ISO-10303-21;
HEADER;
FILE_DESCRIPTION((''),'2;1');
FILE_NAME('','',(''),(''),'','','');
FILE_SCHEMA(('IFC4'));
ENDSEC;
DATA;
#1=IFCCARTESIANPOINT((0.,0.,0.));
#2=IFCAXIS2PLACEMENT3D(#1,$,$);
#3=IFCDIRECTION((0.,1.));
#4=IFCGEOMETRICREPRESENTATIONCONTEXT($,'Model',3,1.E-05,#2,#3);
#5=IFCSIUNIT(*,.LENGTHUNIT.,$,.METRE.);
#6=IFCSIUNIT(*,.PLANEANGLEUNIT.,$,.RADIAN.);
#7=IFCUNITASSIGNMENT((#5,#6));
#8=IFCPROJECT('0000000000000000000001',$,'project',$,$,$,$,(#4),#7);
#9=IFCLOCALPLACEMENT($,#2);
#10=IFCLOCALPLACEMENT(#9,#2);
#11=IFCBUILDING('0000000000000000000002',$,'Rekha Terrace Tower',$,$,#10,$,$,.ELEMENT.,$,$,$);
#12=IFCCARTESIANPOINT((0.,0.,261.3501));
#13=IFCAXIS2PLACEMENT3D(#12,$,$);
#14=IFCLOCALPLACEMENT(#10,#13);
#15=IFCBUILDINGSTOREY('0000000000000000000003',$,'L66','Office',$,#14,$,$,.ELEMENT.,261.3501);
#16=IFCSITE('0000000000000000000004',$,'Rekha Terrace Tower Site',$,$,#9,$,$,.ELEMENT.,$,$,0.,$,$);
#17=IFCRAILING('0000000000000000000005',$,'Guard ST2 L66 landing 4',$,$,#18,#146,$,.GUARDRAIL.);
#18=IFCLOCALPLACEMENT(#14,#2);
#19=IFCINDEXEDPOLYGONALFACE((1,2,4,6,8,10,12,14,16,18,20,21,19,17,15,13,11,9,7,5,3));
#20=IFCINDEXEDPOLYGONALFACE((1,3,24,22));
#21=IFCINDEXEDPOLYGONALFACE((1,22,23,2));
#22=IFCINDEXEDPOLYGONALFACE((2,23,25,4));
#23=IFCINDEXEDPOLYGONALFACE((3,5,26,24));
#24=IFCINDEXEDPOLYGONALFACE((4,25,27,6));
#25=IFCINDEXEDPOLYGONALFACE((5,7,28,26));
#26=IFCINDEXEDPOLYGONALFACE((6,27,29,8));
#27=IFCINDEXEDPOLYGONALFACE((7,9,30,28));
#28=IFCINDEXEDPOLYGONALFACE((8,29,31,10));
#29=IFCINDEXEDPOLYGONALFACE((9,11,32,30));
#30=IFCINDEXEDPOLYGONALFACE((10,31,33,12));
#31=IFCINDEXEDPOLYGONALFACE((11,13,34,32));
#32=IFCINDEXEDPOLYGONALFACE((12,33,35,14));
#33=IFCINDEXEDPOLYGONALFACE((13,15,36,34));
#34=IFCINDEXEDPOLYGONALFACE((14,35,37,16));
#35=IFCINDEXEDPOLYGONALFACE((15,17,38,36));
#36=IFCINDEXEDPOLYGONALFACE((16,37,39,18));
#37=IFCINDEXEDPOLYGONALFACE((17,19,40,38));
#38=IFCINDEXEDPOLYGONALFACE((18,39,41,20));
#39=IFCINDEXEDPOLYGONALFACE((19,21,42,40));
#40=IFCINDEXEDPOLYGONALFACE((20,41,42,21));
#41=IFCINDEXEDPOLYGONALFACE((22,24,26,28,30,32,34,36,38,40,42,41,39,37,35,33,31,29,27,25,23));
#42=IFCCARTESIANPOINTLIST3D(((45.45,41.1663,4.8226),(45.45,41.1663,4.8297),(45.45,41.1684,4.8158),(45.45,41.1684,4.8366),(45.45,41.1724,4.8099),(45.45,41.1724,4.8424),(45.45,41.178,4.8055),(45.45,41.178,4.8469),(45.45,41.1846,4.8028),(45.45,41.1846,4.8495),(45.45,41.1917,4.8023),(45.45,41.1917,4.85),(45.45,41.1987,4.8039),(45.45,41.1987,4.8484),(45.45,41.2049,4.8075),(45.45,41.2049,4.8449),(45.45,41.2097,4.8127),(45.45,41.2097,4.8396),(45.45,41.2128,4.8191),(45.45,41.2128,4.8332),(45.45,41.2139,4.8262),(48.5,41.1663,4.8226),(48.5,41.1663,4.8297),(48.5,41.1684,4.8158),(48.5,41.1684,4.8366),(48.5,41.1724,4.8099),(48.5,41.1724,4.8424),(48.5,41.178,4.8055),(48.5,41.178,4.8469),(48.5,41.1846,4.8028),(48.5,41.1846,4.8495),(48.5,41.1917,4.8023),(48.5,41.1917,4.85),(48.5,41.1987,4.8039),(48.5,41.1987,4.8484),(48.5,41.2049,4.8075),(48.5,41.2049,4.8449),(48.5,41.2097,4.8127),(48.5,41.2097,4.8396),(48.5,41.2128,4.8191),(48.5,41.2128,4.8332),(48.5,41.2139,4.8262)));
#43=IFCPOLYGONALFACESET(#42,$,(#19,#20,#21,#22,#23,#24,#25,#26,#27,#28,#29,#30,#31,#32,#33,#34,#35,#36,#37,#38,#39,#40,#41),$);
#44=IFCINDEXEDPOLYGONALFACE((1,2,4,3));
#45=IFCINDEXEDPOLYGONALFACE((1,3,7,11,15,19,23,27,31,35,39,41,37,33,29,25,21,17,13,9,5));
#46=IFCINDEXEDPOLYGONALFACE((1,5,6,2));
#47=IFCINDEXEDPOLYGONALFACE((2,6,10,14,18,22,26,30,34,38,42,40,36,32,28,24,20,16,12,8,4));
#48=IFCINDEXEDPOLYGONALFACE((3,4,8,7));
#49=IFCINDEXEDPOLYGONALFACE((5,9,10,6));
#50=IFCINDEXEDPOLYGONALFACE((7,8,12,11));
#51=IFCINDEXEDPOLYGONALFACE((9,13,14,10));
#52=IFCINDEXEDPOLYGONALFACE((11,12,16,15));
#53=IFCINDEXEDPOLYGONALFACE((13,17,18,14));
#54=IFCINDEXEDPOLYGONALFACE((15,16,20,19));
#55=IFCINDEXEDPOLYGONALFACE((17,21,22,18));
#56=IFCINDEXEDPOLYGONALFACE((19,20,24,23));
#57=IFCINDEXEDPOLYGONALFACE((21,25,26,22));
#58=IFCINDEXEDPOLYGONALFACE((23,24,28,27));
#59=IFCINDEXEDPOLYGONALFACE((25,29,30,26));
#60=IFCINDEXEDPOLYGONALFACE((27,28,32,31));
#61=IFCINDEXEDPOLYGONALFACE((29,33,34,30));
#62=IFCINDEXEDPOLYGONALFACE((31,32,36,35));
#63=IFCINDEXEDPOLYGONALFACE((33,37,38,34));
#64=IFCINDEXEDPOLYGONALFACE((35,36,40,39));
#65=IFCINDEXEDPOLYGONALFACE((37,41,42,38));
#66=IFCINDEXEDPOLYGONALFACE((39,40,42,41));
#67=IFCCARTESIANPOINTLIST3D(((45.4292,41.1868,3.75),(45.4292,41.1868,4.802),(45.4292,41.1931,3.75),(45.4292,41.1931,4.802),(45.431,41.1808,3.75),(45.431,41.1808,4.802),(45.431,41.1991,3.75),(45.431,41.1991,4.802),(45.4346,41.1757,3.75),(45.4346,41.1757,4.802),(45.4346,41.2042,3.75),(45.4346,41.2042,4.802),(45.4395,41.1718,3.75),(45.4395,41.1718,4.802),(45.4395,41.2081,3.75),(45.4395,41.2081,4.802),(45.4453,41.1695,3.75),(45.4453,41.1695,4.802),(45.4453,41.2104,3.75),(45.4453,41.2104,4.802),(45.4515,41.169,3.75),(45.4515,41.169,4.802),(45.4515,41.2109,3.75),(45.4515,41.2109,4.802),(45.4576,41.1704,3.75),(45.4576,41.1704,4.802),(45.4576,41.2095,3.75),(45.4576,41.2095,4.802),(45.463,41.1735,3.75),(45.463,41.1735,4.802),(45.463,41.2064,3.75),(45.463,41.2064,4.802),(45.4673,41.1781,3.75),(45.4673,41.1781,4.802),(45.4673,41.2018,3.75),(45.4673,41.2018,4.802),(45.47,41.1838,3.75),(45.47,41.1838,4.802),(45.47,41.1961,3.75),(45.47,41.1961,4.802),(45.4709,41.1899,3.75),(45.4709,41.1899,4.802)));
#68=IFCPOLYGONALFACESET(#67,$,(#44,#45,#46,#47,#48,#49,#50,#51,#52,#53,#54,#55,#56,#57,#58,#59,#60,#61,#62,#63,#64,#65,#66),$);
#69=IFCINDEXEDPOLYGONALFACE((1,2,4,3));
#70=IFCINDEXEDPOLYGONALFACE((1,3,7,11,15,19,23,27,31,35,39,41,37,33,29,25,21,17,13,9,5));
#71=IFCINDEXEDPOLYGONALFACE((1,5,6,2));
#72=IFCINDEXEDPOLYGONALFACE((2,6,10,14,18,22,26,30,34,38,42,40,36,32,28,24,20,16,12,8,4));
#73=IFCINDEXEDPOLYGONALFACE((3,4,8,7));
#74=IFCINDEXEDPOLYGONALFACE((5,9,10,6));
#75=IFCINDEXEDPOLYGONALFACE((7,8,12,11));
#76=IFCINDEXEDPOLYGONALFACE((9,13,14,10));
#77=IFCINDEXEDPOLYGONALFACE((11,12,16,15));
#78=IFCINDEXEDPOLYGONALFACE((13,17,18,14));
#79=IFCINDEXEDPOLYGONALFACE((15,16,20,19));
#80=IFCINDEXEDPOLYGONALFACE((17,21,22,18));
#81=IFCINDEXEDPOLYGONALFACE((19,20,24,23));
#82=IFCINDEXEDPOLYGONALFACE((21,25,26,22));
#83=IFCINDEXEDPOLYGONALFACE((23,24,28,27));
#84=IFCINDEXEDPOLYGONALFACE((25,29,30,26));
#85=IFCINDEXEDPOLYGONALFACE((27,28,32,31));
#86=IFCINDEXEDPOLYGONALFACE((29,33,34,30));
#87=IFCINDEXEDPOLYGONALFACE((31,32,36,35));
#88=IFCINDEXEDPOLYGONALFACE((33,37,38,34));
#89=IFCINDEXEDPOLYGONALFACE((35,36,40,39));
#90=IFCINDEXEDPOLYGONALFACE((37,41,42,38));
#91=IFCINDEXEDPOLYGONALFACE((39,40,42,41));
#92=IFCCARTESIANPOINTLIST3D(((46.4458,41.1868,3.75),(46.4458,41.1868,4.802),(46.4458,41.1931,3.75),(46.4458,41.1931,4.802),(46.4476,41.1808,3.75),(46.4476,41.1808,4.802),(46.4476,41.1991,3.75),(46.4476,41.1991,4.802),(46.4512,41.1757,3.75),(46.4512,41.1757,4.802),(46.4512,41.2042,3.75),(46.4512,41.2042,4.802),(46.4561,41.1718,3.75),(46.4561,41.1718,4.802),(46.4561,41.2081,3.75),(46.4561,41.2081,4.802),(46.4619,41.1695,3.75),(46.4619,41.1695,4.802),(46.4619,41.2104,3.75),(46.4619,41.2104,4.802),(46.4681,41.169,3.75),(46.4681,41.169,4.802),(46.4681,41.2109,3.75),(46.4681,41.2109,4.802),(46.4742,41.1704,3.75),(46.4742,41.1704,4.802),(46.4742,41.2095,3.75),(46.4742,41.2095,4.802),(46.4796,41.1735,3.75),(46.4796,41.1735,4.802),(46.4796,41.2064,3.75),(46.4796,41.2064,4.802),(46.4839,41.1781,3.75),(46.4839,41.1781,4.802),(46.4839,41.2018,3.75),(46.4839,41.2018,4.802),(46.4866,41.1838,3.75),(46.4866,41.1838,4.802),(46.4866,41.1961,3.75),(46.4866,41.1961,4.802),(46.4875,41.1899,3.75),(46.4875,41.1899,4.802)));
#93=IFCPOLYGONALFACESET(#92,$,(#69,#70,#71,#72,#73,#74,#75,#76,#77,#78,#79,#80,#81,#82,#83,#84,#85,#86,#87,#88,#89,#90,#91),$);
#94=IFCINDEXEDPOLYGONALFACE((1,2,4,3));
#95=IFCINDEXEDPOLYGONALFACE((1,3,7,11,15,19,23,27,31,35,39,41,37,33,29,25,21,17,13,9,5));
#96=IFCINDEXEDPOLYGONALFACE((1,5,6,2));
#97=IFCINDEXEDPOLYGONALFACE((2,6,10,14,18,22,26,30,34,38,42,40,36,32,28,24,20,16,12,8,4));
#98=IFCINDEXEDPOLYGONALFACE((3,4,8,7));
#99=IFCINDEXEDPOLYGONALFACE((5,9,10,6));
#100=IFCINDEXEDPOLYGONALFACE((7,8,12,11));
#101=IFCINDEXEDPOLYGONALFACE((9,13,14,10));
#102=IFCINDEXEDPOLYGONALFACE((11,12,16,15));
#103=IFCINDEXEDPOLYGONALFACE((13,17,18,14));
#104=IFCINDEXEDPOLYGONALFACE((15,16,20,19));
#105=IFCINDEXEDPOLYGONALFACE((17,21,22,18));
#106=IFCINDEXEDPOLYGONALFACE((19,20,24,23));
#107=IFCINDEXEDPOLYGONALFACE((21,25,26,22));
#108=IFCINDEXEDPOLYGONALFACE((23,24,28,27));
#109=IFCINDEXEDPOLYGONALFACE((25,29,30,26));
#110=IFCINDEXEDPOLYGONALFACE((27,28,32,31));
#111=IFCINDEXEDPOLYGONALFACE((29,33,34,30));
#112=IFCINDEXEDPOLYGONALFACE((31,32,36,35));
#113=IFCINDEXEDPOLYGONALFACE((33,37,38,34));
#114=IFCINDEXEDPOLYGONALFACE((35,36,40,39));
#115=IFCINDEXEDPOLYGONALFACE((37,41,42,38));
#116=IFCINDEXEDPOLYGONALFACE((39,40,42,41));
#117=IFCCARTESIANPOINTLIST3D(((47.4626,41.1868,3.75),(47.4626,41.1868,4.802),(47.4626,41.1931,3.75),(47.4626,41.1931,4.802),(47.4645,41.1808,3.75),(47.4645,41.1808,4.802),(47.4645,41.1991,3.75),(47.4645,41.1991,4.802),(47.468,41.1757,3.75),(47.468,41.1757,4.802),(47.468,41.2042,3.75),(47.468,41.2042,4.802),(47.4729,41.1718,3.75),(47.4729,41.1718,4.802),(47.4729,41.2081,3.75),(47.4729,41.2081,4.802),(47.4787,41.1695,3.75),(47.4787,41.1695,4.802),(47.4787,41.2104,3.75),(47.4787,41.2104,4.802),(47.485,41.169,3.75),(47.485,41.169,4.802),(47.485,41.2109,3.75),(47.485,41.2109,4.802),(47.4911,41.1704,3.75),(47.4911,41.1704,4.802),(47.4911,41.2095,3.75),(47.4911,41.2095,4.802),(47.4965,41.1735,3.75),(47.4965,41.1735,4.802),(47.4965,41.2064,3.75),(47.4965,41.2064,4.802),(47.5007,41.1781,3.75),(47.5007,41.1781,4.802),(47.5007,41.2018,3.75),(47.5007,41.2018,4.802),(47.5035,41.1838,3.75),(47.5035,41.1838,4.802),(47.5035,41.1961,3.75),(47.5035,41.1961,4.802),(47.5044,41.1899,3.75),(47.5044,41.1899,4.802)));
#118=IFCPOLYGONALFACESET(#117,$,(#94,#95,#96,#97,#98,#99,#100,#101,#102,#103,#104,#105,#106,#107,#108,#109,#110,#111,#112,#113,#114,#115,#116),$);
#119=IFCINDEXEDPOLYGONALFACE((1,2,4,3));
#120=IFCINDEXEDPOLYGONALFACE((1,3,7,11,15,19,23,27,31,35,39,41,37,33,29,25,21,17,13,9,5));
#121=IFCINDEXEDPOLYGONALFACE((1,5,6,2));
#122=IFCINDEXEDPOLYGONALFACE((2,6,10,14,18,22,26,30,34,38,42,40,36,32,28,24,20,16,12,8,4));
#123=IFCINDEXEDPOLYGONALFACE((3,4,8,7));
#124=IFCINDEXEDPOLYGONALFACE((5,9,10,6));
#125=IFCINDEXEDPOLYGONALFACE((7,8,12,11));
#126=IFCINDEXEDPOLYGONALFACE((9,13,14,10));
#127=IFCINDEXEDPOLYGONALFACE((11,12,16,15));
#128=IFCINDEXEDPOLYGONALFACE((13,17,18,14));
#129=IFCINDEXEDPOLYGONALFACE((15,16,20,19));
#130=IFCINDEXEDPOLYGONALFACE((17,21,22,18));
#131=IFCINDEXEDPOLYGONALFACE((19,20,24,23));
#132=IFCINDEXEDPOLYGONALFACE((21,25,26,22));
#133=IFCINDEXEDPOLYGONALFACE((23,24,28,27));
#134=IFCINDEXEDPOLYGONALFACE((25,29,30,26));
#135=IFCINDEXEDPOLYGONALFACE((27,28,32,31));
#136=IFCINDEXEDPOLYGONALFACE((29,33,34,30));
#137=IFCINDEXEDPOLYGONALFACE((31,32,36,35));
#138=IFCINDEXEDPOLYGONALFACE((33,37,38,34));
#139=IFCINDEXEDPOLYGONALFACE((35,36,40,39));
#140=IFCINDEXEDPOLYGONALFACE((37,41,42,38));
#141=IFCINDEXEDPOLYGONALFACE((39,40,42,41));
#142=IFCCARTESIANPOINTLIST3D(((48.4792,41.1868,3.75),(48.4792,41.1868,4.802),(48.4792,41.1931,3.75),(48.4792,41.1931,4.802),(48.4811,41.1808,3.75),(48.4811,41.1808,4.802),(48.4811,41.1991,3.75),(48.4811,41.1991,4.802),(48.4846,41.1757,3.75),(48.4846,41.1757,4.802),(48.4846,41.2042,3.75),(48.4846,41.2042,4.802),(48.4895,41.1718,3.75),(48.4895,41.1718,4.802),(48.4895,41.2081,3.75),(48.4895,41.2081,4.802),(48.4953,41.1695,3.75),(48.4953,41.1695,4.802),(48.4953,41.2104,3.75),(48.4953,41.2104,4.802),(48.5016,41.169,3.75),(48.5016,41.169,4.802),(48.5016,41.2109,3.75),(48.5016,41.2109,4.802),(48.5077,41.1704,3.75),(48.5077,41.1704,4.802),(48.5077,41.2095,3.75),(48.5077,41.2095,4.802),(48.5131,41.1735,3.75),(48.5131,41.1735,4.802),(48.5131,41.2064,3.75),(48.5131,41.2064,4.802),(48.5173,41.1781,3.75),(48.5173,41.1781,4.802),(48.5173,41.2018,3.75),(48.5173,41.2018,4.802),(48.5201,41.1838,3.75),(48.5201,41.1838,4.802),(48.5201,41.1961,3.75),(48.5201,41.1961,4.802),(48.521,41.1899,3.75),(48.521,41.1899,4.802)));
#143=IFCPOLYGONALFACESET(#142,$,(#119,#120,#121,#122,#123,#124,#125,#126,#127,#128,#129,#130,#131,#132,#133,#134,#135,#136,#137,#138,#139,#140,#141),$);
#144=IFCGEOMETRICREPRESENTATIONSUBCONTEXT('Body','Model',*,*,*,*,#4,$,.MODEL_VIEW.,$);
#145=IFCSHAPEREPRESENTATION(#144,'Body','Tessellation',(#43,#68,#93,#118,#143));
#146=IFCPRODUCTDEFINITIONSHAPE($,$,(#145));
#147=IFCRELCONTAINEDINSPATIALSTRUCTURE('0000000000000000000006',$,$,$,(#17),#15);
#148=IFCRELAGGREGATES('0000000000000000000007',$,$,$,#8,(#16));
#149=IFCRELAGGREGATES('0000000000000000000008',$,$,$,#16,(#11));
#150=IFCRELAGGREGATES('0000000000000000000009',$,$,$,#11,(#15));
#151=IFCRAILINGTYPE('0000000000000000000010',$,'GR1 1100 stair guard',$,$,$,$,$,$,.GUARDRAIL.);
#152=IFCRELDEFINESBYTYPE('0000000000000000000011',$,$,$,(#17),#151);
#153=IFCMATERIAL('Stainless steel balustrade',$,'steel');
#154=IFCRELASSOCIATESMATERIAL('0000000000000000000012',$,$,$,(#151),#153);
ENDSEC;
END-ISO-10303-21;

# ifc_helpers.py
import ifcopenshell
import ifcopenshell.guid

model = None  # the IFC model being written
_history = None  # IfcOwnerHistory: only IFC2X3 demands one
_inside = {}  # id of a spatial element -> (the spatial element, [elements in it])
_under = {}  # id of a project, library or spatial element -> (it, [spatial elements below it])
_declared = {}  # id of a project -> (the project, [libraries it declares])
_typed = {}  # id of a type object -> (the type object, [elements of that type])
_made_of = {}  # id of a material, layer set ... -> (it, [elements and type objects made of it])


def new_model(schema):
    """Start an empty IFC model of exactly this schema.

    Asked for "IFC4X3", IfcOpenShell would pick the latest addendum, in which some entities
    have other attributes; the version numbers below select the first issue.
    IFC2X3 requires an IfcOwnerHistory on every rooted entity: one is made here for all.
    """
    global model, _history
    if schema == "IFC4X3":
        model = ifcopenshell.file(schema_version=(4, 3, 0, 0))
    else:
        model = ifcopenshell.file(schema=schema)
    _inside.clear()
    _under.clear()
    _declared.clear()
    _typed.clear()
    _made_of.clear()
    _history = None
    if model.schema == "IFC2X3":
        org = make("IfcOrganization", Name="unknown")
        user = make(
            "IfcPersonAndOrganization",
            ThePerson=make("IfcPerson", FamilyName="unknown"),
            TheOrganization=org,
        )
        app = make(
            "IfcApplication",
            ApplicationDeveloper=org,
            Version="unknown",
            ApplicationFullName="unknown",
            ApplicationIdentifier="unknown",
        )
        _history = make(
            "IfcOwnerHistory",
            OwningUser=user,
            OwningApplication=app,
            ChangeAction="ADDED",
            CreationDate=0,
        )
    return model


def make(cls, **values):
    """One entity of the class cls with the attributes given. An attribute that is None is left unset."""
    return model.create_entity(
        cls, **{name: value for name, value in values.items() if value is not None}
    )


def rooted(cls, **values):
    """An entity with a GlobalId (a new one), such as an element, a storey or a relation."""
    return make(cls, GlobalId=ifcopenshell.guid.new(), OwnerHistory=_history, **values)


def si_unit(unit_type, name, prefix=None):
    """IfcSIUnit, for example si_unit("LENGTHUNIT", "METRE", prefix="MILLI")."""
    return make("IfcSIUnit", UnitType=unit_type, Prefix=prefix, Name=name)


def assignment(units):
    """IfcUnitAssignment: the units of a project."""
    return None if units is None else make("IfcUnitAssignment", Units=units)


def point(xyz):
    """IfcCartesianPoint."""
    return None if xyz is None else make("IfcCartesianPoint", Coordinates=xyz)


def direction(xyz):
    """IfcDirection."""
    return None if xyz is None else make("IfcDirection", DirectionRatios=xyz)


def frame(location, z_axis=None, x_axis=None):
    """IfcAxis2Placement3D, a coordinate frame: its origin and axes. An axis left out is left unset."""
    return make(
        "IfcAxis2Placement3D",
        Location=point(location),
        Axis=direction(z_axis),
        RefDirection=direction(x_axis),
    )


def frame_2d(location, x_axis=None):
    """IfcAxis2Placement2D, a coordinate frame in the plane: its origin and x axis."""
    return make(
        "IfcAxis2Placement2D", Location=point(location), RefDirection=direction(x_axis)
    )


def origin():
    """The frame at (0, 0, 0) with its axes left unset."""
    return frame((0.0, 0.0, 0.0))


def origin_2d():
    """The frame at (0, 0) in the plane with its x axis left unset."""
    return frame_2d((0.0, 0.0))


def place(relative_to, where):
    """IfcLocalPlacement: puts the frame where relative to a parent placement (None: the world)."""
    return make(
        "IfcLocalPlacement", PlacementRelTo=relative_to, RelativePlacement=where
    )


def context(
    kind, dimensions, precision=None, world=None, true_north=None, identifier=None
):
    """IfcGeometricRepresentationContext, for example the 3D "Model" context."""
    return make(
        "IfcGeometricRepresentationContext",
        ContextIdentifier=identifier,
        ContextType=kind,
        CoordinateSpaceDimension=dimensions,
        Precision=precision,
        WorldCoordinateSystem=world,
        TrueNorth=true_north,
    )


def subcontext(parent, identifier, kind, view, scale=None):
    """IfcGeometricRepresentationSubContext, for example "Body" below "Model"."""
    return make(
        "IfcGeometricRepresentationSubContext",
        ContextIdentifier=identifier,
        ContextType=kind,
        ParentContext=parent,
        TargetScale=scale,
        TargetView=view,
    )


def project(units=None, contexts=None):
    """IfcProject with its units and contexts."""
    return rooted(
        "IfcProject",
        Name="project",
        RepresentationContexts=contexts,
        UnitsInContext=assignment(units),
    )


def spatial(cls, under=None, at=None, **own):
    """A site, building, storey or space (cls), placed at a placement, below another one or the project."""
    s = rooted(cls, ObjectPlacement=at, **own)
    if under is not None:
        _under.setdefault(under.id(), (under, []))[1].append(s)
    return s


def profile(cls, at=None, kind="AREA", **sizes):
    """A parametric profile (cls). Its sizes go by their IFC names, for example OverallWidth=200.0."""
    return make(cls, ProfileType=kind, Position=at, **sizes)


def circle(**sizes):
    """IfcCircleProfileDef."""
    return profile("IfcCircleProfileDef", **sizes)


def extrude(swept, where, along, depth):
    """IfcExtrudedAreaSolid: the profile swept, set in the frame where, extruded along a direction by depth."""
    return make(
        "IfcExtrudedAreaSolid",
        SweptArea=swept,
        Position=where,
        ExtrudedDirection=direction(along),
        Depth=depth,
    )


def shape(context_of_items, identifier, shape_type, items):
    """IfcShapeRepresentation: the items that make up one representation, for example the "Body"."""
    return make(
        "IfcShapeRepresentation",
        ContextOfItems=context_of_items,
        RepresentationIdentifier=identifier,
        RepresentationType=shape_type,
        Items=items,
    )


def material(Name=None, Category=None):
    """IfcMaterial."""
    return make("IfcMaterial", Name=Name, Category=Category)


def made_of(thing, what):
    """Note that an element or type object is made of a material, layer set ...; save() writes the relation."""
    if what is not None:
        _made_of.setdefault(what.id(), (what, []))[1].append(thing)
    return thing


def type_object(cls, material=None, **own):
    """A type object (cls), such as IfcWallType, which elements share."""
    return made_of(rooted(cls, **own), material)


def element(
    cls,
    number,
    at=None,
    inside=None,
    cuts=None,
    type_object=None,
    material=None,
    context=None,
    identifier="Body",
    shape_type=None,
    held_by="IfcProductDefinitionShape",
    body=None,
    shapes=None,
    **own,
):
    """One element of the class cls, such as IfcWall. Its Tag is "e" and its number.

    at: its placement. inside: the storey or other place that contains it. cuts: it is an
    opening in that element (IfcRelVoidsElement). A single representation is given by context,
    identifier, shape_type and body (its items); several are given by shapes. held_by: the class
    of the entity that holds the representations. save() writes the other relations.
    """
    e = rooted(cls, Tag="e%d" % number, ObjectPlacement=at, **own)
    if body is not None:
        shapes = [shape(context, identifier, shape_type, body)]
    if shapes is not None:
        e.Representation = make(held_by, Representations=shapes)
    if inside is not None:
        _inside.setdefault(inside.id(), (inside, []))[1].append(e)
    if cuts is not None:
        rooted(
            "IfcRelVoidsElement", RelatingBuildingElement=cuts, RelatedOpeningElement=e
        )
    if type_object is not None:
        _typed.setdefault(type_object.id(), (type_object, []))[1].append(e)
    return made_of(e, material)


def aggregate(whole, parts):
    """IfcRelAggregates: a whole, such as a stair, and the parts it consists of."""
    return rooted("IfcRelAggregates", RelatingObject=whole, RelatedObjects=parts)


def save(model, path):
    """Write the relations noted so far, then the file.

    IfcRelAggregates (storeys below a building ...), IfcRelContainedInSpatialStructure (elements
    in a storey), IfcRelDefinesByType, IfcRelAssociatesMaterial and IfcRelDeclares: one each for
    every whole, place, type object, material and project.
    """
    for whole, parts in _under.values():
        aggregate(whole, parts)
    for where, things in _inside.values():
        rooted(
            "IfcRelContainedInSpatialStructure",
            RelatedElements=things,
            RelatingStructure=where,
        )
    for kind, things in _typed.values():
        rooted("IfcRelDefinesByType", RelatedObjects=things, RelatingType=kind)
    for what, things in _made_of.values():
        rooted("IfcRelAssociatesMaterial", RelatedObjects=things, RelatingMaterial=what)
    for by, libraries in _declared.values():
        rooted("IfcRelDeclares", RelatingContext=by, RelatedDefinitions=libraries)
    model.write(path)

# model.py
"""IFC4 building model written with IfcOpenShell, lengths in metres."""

from ifc_helpers import new_model, si_unit, direction, frame, origin, origin_2d, place, context, subcontext, project, spatial, circle, extrude, material, type_object, element, save


model = new_model("IFC4")

# Units and contexts
model_context = context("Model", 3, precision=1e-05, world=origin(), true_north=direction((0.0, 1.0)))
body_context = subcontext(model_context, "Body", "Model", "MODEL_VIEW")
ifc_project = project(units=[si_unit("LENGTHUNIT", "METRE"), si_unit("PLANEANGLEUNIT", "RADIAN")], contexts=[model_context])

# Site, building, storey
site_placement = place(None, origin())
site = spatial("IfcSite", under=ifc_project, at=site_placement, Name="Rekha Terrace Tower Site", CompositionType="ELEMENT", RefElevation=0.0)
building_placement = place(site_placement, origin())
building = spatial("IfcBuilding", under=site, at=building_placement, Name="Rekha Terrace Tower", CompositionType="ELEMENT")
storey_placement = place(building_placement, frame((0.0, 0.0, 261.3501)))
storey = spatial("IfcBuildingStorey", under=building, at=storey_placement, Name="L66", Description="Office", CompositionType="ELEMENT", Elevation=261.3501)

# Railing
ifc_material_1 = material(Name="Stainless steel balustrade", Category="steel")
railing_type_1 = type_object("IfcRailingType", Name="GR1 1100 stair guard", PredefinedType="GUARDRAIL", material=ifc_material_1)
railing_1_placement = place(storey_placement, frame((45.45, 41.1899, 3.75)))
element("IfcRailing", 1, at=railing_1_placement, inside=storey, type_object=railing_type_1, Name="Guard ST2 L66 landing 4", PredefinedType="GUARDRAIL", context=body_context, shape_type="SweptSolid", body=[
    extrude(circle(Radius=0.0239, at=origin_2d()), frame((0.0, 0.0, 1.0762), z_axis=(1.0, 0.0, 0.0), x_axis=(0.0, 1.0, 0.0)), (0.0, 0.0, 1.0), 3.05),
    extrude(circle(Radius=0.021, at=origin_2d()), origin(), (0.0, 0.0, 1.0), 1.052),
    extrude(circle(Radius=0.021, at=origin_2d()), frame((1.0166, 0.0, 0.0)), (0.0, 0.0, 1.0), 1.052),
    extrude(circle(Radius=0.021, at=origin_2d()), frame((2.0334, 0.0, 0.0)), (0.0, 0.0, 1.0), 1.052),
    extrude(circle(Radius=0.021, at=origin_2d()), frame((3.05, 0.0, 0.0)), (0.0, 0.0, 1.0), 1.052),
])

save(model, "model.ifc")
